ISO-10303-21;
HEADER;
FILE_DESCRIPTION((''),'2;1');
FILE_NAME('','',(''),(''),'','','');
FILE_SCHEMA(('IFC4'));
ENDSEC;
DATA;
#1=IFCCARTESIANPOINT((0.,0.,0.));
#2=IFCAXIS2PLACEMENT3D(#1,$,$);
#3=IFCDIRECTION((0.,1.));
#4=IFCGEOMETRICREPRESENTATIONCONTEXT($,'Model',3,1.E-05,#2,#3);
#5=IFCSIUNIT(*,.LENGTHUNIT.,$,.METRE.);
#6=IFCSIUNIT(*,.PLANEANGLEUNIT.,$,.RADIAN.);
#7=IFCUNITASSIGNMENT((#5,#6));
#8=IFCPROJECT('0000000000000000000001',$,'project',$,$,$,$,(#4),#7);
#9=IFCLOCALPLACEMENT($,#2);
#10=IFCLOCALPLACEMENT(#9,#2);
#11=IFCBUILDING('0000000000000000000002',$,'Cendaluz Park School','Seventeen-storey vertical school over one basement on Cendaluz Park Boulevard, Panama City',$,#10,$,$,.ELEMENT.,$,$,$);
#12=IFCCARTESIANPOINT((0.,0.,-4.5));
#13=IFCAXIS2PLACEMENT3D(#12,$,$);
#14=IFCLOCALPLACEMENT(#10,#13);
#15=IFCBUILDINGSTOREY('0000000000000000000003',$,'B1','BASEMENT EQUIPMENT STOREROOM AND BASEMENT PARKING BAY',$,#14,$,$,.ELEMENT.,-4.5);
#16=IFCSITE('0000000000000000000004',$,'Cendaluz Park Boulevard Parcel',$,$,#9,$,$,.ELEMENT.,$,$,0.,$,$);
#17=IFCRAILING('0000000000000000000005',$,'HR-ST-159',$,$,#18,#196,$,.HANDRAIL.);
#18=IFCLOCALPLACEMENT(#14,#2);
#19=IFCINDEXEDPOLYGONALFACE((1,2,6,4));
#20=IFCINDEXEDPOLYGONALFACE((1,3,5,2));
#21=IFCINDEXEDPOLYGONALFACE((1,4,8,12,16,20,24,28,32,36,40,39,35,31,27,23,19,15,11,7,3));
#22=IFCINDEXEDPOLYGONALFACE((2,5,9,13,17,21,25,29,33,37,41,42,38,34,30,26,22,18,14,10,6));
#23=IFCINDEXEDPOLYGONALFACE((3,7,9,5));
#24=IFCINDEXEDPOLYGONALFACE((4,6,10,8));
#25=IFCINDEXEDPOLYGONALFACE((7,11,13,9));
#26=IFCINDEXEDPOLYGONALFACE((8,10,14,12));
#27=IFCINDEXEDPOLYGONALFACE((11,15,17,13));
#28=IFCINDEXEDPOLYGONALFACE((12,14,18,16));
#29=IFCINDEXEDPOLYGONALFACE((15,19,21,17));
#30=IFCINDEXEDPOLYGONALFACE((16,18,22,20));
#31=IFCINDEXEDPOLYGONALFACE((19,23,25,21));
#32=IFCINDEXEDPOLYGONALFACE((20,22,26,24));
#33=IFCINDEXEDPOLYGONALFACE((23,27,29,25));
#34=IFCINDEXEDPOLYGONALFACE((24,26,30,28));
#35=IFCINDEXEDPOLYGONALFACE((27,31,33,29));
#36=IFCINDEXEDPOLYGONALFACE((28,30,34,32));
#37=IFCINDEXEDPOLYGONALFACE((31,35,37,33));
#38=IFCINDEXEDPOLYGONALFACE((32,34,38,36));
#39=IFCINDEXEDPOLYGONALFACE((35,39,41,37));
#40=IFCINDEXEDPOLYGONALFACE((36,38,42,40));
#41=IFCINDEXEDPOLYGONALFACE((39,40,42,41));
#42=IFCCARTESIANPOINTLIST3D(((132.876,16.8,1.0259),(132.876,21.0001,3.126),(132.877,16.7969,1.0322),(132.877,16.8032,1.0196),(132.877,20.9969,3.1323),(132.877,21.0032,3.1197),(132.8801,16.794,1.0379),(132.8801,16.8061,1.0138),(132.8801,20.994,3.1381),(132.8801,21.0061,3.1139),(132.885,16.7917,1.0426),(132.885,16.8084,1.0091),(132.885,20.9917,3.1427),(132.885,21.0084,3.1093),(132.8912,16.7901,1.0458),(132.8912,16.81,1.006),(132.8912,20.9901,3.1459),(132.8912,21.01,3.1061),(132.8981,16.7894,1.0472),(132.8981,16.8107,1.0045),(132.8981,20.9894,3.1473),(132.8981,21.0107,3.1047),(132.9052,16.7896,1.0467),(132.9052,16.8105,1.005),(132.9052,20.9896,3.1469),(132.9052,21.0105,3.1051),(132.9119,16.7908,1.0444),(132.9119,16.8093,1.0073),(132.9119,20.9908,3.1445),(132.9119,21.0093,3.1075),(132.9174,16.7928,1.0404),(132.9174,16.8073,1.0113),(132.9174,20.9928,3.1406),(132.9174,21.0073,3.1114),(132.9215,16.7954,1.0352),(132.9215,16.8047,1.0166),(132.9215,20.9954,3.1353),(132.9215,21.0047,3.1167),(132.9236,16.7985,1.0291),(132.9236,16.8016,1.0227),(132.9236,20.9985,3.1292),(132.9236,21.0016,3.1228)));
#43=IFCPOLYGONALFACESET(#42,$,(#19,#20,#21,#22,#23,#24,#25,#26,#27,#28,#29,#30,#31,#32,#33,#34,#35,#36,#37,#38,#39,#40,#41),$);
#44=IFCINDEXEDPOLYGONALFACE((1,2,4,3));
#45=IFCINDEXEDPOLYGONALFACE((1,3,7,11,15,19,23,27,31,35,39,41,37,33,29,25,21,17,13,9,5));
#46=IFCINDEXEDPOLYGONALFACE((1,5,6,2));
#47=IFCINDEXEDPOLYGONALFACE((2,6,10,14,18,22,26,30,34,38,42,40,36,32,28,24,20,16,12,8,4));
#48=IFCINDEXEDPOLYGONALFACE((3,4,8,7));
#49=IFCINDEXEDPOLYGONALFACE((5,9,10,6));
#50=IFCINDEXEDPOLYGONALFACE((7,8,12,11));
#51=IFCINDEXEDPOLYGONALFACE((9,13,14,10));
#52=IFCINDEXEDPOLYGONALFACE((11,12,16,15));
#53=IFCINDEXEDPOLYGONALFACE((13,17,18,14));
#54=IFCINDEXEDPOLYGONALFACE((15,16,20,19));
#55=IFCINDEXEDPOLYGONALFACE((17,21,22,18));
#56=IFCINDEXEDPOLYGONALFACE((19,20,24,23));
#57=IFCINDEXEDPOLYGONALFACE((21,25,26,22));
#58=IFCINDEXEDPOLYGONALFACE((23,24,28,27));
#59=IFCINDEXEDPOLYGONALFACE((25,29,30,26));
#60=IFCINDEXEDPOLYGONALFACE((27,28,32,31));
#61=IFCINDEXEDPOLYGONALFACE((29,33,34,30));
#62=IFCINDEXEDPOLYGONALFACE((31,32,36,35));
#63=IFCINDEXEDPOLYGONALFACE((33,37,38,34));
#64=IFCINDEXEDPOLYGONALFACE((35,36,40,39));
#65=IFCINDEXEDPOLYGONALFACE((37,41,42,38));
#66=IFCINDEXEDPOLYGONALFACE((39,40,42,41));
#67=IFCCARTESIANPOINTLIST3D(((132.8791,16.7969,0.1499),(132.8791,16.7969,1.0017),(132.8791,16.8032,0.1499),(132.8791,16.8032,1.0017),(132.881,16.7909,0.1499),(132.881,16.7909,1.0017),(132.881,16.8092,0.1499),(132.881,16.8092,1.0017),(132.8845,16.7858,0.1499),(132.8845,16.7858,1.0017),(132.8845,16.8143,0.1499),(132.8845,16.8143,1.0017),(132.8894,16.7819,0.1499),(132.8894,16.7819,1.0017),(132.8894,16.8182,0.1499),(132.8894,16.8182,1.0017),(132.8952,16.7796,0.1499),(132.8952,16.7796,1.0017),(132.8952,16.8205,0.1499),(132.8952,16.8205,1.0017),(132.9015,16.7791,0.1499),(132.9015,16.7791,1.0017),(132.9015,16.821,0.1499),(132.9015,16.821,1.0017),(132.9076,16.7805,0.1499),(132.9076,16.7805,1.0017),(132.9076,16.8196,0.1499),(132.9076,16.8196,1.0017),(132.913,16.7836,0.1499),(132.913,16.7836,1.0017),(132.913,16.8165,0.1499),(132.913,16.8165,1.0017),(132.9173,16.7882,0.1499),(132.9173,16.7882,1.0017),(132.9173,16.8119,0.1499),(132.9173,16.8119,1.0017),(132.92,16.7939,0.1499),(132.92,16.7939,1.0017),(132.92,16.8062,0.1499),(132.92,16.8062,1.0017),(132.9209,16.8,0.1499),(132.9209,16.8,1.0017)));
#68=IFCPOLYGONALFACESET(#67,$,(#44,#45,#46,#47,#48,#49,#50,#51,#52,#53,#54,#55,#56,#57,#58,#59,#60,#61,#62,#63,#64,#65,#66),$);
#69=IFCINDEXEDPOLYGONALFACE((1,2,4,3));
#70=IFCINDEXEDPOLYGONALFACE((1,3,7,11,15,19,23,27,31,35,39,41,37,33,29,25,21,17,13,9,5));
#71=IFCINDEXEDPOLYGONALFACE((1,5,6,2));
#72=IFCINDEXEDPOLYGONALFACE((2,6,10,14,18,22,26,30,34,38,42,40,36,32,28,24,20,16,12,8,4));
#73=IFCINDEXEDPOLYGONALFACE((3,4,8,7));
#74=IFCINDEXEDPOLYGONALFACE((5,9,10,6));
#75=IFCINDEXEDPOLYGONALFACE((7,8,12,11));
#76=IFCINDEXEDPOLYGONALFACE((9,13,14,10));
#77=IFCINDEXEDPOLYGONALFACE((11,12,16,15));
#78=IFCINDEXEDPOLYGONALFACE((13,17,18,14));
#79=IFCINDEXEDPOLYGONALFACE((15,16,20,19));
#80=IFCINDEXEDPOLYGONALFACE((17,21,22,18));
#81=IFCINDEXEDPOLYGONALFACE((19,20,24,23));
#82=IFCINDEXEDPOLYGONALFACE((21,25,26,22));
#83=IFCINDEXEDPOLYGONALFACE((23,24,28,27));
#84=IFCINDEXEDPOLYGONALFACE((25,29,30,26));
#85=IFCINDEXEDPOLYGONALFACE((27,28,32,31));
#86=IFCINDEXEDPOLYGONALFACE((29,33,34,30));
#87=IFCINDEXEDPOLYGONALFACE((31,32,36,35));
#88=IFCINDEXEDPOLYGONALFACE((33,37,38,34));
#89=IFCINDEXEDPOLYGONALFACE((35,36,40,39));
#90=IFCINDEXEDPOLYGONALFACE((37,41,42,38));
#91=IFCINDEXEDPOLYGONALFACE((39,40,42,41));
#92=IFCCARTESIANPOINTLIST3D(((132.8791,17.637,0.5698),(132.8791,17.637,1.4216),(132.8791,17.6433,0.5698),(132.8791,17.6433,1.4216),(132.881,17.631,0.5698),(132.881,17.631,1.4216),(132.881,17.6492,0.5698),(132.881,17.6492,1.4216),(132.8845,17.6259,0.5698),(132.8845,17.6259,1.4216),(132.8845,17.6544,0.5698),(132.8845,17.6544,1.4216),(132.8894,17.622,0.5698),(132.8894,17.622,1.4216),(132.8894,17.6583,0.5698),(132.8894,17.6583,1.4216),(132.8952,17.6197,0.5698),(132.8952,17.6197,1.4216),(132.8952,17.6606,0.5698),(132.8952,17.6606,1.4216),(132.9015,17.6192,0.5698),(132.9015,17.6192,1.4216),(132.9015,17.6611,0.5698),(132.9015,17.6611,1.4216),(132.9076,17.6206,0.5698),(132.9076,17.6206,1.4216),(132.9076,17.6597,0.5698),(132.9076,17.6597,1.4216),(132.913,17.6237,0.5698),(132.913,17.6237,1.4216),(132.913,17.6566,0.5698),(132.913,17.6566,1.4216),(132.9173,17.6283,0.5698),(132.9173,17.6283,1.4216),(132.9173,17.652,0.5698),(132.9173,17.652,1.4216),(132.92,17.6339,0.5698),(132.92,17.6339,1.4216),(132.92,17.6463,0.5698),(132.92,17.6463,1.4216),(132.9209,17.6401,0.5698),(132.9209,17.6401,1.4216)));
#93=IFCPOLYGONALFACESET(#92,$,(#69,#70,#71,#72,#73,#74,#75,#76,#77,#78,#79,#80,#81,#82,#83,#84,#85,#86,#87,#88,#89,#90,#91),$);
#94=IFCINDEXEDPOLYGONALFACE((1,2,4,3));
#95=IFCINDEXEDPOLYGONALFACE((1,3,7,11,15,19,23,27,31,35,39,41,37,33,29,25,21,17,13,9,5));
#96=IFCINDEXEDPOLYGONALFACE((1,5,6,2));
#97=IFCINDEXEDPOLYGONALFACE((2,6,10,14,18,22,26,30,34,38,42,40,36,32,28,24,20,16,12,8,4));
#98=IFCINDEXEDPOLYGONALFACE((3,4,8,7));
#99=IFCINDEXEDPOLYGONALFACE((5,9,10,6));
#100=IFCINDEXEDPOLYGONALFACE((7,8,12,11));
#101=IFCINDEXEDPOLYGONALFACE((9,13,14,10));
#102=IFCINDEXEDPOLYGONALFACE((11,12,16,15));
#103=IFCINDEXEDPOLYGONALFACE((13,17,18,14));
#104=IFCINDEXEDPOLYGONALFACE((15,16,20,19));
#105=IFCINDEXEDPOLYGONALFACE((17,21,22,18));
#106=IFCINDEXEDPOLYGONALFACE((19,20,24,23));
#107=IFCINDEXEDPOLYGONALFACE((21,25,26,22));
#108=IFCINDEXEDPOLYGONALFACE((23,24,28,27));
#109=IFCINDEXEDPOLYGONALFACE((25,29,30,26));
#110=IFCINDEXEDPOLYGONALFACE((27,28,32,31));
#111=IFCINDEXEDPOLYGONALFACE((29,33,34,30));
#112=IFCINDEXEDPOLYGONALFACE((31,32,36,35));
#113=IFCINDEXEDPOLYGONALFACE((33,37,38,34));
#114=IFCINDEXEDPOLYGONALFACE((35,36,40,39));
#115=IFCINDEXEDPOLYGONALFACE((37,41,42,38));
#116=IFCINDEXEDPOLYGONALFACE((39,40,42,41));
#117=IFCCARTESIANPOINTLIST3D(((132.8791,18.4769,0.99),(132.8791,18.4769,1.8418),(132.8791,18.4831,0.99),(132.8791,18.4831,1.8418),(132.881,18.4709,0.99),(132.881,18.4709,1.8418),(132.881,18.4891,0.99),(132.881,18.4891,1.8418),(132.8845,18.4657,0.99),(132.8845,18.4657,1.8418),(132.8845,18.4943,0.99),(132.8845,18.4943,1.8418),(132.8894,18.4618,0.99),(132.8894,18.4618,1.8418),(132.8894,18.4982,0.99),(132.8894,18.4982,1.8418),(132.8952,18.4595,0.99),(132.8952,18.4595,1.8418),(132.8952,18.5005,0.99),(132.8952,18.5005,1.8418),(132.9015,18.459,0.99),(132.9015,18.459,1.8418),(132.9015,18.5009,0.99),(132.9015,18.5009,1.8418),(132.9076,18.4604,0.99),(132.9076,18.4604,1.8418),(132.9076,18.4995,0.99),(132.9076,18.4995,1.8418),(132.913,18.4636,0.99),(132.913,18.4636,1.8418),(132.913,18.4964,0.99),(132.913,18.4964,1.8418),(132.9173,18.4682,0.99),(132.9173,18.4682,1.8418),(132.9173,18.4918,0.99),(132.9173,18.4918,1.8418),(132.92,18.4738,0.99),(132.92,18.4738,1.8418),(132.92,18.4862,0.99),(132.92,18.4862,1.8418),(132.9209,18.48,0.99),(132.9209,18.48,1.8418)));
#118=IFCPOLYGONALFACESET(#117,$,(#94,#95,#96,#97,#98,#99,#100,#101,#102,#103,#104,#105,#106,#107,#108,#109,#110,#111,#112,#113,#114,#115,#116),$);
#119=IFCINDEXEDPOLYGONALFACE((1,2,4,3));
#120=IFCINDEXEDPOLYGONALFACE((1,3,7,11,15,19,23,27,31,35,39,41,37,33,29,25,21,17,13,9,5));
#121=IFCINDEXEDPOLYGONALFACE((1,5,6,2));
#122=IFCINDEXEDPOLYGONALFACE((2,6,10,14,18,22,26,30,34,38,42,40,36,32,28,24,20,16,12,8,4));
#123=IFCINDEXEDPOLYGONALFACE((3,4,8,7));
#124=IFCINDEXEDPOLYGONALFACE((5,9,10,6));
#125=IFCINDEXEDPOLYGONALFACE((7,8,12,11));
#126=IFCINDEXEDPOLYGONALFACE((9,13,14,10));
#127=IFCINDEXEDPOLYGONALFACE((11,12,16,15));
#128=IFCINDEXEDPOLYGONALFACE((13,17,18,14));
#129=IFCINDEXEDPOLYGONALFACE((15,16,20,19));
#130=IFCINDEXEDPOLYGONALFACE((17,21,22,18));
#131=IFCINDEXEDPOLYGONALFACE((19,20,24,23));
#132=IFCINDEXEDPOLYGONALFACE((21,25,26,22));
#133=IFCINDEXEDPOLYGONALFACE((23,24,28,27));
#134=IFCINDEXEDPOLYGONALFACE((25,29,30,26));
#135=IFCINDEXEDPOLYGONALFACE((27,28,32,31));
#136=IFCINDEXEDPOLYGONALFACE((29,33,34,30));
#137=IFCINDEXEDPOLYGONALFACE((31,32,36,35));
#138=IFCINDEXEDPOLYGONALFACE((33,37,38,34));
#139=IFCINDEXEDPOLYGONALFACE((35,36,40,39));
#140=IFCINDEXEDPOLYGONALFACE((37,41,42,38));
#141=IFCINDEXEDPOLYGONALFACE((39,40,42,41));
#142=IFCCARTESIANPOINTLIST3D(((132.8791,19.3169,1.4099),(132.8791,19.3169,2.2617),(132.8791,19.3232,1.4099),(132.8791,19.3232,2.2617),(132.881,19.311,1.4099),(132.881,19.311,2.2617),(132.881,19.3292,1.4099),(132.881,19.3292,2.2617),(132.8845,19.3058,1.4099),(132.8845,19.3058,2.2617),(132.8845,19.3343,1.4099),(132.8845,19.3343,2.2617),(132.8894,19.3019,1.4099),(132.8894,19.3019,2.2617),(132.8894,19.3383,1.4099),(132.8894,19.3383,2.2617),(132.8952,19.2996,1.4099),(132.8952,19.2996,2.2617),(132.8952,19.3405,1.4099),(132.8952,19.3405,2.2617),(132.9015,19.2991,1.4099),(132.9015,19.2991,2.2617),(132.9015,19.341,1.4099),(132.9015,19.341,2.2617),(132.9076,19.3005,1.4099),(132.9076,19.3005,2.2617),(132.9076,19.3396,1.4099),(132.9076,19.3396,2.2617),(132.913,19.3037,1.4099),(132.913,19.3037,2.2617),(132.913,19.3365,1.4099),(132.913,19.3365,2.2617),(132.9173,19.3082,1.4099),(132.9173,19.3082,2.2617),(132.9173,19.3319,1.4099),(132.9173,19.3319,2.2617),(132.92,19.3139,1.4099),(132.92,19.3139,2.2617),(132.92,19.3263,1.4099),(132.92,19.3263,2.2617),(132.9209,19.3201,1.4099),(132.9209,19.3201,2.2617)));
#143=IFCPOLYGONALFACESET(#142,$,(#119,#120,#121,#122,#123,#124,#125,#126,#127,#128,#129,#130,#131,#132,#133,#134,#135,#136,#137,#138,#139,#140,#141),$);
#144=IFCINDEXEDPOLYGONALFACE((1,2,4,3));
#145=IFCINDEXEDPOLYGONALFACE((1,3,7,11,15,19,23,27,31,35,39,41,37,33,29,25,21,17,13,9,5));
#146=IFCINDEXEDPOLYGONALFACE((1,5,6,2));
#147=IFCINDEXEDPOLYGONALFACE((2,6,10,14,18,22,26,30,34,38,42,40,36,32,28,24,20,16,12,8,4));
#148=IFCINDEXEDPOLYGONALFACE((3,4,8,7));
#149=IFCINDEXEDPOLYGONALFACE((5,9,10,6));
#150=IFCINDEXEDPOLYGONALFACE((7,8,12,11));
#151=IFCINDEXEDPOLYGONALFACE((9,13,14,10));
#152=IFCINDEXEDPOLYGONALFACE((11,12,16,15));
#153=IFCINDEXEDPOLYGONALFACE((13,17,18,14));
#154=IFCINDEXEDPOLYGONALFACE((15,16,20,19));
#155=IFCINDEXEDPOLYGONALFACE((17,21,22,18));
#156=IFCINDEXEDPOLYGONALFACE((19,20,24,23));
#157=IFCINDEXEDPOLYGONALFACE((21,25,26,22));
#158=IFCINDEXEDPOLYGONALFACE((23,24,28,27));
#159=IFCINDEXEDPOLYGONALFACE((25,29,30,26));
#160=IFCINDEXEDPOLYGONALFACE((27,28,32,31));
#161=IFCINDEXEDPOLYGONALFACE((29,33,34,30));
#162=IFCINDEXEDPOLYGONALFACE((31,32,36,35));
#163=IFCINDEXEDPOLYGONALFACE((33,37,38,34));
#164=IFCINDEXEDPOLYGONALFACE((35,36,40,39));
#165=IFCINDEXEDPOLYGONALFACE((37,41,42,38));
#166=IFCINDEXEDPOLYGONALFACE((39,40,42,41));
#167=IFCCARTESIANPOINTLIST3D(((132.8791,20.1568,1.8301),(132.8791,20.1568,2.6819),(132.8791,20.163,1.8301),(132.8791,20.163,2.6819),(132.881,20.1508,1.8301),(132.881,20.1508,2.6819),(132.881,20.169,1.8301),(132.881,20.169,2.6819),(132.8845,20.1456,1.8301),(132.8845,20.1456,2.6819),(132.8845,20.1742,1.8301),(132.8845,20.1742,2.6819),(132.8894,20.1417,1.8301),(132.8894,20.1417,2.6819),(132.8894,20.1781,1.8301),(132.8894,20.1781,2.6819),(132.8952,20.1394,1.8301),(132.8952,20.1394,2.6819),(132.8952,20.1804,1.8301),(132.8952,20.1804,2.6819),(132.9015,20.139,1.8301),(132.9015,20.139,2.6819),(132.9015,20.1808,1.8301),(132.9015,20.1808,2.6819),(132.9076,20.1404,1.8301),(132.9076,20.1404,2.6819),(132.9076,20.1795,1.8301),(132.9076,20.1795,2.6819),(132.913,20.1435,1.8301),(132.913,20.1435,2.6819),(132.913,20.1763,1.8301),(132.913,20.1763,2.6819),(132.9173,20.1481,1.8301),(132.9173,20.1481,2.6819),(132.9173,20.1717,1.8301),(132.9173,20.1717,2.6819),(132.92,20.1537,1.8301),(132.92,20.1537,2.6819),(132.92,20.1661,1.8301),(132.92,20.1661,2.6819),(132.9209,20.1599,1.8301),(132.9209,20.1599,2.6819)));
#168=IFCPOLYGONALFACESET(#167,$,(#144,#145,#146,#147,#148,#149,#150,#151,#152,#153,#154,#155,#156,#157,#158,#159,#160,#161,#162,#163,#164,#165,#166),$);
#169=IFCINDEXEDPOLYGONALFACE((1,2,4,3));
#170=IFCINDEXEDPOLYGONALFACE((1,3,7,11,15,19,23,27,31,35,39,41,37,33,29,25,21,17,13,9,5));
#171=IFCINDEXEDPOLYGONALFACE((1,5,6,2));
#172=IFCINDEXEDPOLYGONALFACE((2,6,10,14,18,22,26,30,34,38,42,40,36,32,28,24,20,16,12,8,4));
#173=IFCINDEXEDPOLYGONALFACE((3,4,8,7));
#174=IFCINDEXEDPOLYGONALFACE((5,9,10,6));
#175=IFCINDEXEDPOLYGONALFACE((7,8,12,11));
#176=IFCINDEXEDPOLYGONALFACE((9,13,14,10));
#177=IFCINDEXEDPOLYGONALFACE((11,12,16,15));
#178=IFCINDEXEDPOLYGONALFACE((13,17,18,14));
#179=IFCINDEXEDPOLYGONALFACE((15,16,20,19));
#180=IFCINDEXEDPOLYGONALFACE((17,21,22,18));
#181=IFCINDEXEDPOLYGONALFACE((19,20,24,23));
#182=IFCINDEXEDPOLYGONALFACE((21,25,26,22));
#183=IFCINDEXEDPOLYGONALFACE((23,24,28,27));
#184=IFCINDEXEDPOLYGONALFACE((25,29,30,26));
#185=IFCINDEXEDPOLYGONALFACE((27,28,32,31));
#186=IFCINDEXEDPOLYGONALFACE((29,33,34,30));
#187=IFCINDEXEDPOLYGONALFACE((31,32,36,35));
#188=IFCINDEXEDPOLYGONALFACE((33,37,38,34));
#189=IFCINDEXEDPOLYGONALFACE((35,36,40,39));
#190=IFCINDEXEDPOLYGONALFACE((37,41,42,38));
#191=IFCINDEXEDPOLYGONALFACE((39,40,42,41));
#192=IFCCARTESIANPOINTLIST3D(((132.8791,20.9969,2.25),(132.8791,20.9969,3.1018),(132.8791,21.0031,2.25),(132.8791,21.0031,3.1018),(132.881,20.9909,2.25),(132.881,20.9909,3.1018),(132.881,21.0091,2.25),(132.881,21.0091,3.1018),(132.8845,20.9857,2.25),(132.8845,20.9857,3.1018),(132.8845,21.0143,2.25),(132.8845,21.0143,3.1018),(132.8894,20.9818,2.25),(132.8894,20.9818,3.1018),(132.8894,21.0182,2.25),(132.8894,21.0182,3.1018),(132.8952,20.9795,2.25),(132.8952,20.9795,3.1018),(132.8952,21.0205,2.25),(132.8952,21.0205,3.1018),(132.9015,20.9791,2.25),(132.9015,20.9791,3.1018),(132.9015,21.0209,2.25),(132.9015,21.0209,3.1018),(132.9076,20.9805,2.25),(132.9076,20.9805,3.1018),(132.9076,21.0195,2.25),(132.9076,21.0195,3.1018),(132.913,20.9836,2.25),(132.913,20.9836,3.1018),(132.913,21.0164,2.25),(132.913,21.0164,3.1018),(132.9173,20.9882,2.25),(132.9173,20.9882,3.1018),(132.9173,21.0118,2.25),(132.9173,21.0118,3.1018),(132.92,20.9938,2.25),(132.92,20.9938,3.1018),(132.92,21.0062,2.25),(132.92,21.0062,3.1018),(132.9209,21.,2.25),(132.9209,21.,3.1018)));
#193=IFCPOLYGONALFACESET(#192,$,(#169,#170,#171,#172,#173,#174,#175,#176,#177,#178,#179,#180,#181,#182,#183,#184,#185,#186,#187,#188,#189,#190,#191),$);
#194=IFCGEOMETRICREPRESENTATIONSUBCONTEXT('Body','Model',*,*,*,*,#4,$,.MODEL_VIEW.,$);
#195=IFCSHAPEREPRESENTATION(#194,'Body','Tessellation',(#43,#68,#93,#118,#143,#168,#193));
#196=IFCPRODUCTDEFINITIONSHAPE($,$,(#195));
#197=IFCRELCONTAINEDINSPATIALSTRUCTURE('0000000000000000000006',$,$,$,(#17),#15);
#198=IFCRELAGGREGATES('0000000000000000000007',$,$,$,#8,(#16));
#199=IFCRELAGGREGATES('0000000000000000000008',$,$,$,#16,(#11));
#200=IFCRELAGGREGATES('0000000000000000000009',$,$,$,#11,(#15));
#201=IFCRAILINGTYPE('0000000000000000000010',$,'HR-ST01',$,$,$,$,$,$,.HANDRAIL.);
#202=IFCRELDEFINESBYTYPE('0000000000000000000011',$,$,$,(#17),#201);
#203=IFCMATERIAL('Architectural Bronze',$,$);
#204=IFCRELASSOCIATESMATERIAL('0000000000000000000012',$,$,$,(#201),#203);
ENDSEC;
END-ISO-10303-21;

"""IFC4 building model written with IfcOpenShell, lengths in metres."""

from ifc_helpers import new_model, si_unit, direction, frame, origin, origin_2d, place, context, subcontext, project, spatial, circle, extrude, material, type_object, element, save


model = new_model("IFC4")

# Units and contexts
model_context = context("Model", 3, precision=1e-05, world=origin(), true_north=direction((0.0, 1.0)))
body_context = subcontext(model_context, "Body", "Model", "MODEL_VIEW")
ifc_project = project(units=[si_unit("LENGTHUNIT", "METRE"), si_unit("PLANEANGLEUNIT", "RADIAN")], contexts=[model_context])

# Site, building, storey
site_placement = place(None, origin())
site = spatial("IfcSite", under=ifc_project, at=site_placement, Name="Cendaluz Park Boulevard Parcel", CompositionType="ELEMENT", RefElevation=0.0)
building_placement = place(site_placement, origin())
building = spatial("IfcBuilding", under=site, at=building_placement, Name="Cendaluz Park School", Description="Seventeen-storey vertical school over one basement on Cendaluz Park Boulevard, Panama City", CompositionType="ELEMENT")
storey_placement = place(building_placement, frame((0.0, 0.0, -4.5)))
storey = spatial("IfcBuildingStorey", under=building, at=storey_placement, Name="B1", Description="BASEMENT EQUIPMENT STOREROOM AND BASEMENT PARKING BAY", CompositionType="ELEMENT", Elevation=-4.5)

# Railing
ifc_material_1 = material(Name="Architectural Bronze")
railing_type_1 = type_object("IfcRailingType", Name="HR-ST01", PredefinedType="HANDRAIL", material=ifc_material_1)
railing_1_placement = place(storey_placement, frame((132.8999, 16.8, 0.1499)))
element("IfcRailing", 1, at=railing_1_placement, inside=storey, type_object=railing_type_1, Name="HR-ST-159", PredefinedType="HANDRAIL", context=body_context, shape_type="SweptSolid", body=[
    extrude(circle(Radius=0.0239, at=origin_2d()), frame((0.0, 0.0, 0.876), z_axis=(0.0, 0.894417, 0.447234), x_axis=(-1.0, 0.0, 0.0)), (0.0, 0.0, 1.0), 4.6958),
    extrude(circle(Radius=0.021, at=origin_2d()), origin(), (0.0, 0.0, 1.0), 0.8518),
    extrude(circle(Radius=0.021, at=origin_2d()), frame((0.0, 0.8401, 0.4199)), (0.0, 0.0, 1.0), 0.8518),
    extrude(circle(Radius=0.021, at=origin_2d()), frame((0.0, 1.6799, 0.8401)), (0.0, 0.0, 1.0), 0.8518),
    extrude(circle(Radius=0.021, at=origin_2d()), frame((0.0, 2.52, 1.26)), (0.0, 0.0, 1.0), 0.8518),
    extrude(circle(Radius=0.021, at=origin_2d()), frame((0.0, 3.3599, 1.6802)), (0.0, 0.0, 1.0), 0.8518),
    extrude(circle(Radius=0.021, at=origin_2d()), frame((0.0, 4.2, 2.1001)), (0.0, 0.0, 1.0), 0.8518),
])

save(model, "model.ifc")
